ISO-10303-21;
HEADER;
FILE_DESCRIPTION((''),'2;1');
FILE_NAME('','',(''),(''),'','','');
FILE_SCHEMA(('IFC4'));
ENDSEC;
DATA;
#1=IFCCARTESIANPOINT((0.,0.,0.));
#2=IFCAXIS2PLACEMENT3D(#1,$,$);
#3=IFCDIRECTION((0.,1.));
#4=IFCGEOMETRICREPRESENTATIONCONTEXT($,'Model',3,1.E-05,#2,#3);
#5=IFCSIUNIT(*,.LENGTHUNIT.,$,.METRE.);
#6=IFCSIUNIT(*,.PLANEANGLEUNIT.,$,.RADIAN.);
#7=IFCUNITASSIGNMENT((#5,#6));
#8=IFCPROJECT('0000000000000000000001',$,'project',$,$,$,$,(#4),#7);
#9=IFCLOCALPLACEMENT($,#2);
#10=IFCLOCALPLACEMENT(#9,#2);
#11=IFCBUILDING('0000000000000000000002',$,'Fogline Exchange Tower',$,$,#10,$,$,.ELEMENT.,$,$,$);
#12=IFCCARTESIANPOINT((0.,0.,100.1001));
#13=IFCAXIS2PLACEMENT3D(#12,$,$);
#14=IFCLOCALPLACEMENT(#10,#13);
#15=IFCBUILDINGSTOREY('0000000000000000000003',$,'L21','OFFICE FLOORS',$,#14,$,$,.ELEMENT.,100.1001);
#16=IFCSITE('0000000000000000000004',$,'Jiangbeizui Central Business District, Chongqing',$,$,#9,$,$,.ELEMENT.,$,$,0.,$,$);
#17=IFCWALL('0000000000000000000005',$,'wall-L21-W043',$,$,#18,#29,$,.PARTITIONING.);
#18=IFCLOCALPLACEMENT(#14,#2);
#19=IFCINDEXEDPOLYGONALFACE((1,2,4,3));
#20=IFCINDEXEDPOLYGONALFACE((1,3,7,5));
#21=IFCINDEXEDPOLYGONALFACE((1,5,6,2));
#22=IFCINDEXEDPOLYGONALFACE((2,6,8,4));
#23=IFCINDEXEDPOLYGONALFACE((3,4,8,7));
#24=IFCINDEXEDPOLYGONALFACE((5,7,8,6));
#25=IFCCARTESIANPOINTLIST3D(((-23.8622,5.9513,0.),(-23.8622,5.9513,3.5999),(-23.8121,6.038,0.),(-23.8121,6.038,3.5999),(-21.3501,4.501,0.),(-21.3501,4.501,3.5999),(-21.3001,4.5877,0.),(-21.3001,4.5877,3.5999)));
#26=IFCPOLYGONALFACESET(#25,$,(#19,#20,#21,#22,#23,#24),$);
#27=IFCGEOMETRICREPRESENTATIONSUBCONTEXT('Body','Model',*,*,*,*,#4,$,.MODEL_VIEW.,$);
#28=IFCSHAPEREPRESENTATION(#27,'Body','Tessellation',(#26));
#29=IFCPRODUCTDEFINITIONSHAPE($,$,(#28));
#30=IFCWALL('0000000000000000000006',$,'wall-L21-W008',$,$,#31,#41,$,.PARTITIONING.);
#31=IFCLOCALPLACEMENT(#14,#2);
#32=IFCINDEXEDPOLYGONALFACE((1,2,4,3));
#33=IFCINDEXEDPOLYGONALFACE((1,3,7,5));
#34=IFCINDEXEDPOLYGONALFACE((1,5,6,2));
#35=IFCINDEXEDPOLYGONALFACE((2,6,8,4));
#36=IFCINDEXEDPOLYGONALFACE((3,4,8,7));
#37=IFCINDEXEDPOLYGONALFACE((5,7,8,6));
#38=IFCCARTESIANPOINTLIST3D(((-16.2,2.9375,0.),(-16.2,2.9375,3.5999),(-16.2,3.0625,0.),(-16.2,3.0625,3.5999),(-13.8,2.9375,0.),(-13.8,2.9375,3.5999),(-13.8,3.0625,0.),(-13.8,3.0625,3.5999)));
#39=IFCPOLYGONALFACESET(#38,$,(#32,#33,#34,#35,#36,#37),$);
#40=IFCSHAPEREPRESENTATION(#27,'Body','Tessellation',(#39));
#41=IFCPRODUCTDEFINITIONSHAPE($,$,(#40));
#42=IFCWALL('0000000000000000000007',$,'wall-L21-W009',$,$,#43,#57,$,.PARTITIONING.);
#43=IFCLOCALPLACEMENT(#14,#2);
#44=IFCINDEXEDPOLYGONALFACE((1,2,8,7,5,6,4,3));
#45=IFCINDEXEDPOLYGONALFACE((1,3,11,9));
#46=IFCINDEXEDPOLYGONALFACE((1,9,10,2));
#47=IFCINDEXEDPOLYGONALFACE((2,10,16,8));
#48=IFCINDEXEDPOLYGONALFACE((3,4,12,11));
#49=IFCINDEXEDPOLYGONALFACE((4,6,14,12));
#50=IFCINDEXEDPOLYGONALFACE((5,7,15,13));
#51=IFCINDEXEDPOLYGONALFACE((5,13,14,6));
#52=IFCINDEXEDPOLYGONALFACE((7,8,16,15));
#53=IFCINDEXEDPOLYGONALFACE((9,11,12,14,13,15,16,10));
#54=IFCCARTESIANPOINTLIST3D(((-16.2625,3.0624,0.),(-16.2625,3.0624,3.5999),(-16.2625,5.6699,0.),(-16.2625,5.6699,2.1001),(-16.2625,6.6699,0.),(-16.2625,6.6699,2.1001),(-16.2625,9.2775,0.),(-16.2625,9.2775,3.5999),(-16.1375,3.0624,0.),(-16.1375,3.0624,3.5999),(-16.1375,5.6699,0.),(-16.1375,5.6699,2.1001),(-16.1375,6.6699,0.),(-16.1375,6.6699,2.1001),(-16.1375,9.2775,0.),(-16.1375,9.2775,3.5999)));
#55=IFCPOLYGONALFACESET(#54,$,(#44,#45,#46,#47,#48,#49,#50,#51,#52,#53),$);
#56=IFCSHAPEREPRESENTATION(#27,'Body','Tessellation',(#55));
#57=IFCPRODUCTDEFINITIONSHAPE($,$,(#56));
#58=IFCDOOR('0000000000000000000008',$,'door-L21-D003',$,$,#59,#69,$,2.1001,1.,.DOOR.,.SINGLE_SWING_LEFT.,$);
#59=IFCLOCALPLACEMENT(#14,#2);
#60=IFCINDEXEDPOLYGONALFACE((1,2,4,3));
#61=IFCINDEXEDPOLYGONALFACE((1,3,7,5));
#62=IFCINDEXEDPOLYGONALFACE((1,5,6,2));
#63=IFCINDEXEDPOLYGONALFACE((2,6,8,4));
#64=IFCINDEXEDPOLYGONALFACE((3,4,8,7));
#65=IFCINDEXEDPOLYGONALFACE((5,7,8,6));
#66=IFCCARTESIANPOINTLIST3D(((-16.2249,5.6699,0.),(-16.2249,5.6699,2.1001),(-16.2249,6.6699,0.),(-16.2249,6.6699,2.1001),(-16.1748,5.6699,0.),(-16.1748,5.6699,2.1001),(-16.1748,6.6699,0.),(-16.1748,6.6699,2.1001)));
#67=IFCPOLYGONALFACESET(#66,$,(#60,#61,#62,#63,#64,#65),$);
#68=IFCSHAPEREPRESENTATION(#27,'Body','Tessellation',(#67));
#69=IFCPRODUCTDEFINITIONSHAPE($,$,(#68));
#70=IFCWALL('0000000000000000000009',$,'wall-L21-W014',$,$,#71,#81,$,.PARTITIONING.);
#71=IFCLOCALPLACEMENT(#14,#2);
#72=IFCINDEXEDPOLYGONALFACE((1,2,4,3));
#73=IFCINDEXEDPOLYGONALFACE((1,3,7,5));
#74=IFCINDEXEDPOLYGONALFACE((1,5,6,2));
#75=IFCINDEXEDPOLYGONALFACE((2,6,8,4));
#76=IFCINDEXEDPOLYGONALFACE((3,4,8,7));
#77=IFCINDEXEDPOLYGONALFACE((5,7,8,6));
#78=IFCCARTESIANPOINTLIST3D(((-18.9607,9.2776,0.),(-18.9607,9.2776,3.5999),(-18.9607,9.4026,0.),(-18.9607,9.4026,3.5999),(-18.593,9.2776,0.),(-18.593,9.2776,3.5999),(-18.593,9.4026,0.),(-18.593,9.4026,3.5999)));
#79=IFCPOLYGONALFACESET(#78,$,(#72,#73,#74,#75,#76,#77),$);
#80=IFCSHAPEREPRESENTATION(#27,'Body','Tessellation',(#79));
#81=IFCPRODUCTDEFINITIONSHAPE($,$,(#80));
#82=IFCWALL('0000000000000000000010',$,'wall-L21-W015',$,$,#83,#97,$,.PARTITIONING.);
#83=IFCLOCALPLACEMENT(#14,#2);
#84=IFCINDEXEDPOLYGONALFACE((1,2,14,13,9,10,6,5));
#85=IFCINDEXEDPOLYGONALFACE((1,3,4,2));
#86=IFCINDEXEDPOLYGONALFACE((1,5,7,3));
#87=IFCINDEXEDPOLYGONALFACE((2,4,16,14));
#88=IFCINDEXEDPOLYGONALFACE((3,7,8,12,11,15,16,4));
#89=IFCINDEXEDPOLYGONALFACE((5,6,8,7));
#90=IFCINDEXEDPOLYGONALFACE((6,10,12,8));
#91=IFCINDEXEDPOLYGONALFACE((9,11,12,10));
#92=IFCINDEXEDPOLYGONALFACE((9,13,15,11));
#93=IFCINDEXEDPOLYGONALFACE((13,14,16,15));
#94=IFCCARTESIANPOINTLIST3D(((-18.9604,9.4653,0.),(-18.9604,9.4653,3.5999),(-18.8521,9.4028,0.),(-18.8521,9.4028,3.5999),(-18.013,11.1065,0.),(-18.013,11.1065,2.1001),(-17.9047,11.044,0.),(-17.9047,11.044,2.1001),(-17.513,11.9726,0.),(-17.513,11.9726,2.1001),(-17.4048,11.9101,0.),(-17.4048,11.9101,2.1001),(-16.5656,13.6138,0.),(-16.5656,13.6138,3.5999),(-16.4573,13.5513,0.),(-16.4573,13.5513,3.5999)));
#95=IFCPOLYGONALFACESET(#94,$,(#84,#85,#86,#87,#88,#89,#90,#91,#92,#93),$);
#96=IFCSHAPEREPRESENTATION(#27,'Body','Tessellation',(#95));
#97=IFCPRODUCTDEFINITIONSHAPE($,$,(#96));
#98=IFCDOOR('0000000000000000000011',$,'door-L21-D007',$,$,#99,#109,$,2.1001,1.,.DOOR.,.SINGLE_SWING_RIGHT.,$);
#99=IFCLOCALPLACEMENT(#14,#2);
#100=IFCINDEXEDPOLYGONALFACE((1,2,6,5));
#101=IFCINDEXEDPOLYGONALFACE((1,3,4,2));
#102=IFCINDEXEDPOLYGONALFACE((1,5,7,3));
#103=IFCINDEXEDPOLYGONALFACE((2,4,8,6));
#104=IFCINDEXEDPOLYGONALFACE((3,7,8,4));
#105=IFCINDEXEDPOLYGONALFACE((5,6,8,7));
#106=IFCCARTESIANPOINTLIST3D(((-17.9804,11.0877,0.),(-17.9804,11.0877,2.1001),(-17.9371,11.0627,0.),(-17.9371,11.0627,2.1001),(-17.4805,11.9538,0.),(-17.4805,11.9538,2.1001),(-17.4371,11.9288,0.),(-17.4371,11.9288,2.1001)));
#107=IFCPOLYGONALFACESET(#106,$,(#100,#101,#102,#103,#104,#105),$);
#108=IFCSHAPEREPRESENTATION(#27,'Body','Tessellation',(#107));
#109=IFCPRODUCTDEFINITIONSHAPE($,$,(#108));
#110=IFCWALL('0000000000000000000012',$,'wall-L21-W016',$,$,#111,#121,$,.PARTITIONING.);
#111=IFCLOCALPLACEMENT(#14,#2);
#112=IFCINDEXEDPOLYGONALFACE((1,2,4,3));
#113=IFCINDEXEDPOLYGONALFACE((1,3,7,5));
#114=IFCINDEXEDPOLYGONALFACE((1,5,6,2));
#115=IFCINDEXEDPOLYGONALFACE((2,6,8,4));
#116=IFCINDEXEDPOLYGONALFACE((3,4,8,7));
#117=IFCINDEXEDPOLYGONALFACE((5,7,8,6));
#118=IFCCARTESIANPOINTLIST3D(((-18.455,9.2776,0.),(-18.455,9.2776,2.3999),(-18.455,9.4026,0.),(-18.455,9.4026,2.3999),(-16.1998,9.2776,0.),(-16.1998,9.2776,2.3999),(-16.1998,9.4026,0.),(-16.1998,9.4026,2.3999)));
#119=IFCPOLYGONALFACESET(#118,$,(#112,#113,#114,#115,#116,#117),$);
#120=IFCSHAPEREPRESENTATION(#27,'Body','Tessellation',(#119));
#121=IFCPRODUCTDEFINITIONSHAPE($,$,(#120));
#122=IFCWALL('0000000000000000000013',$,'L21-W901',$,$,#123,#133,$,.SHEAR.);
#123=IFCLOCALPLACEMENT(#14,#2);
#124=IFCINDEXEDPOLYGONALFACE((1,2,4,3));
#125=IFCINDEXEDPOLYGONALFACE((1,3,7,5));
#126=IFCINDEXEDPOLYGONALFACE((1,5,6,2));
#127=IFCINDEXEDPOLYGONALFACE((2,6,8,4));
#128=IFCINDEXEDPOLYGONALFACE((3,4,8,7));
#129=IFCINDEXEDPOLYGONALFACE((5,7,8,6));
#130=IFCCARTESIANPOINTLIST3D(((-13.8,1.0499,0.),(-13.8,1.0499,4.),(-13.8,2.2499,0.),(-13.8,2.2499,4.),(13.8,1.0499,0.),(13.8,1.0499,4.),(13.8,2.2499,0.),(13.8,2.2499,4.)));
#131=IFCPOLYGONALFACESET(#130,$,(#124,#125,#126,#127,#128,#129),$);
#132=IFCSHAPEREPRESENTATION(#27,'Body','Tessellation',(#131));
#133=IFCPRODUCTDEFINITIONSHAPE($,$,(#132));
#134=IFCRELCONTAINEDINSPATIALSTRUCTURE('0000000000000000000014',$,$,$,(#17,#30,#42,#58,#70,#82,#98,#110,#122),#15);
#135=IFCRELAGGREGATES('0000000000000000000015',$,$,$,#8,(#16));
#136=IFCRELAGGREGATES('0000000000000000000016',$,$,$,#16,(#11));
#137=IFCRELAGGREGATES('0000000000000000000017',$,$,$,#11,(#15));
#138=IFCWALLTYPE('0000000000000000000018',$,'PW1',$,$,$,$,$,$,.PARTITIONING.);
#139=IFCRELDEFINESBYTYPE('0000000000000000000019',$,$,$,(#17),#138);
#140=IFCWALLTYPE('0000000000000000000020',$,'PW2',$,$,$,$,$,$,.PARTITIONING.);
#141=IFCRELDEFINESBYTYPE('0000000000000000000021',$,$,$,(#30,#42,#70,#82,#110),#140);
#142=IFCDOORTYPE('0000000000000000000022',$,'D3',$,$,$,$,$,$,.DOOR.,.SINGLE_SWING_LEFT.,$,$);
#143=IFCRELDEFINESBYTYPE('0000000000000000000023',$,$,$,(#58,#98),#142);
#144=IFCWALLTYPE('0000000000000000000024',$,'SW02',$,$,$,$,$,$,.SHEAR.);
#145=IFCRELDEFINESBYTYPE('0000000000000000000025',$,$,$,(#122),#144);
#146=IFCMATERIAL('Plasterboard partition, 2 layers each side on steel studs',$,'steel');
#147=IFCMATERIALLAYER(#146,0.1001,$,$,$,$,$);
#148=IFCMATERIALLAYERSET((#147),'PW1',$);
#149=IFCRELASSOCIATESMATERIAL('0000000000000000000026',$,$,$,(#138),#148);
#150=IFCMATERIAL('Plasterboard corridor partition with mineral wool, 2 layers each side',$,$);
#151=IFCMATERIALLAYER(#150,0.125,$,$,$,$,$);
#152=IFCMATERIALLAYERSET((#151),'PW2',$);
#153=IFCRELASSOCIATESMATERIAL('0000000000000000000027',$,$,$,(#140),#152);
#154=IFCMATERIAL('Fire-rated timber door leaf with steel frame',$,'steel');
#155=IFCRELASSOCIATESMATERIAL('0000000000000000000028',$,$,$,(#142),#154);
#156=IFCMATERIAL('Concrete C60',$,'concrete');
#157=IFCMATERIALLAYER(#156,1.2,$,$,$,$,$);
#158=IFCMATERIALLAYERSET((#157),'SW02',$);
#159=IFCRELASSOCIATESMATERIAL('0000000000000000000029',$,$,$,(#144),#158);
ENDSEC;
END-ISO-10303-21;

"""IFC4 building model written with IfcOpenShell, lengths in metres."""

from ifc_helpers import new_model, si_unit, direction, frame, frame_2d, origin, place, context, subcontext, project, spatial, rectangle, extrude, material, layer, layer_set, type_object, element, fill, save


model = new_model("IFC4")

# Units and contexts
model_context = context("Model", 3, precision=1e-05, world=origin(), true_north=direction((0.0, 1.0)))
body_context = subcontext(model_context, "Body", "Model", "MODEL_VIEW")
ifc_project = project(units=[si_unit("LENGTHUNIT", "METRE"), si_unit("PLANEANGLEUNIT", "RADIAN")], contexts=[model_context])

# Site, building, storey
site_placement = place(None, origin())
site = spatial("IfcSite", under=ifc_project, at=site_placement, Name="Jiangbeizui Central Business District, Chongqing", CompositionType="ELEMENT", RefElevation=0.0)
building_placement = place(site_placement, origin())
building = spatial("IfcBuilding", under=site, at=building_placement, Name="Fogline Exchange Tower", CompositionType="ELEMENT")
storey_placement = place(building_placement, frame((0.0, 0.0, 100.1001)))
storey = spatial("IfcBuildingStorey", under=building, at=storey_placement, Name="L21", Description="OFFICE FLOORS", CompositionType="ELEMENT", Elevation=100.1001)

# Shared definitions
ifc_material_1 = material(Name="Plasterboard partition, 2 layers each side on steel studs", Category="steel")
ifc_layer_1 = layer(ifc_material_1, 0.1001)
ifc_layer_set_1 = layer_set([ifc_layer_1], Name="PW1")
wall_type_1 = type_object("IfcWallType", Name="PW1", PredefinedType="PARTITIONING", material=ifc_layer_set_1)

# Walls
wall_1_placement = place(storey_placement, frame((-21.3252, 4.5444, 0.0), z_axis=(0.0, 0.0, 1.0), x_axis=(-0.866038, 0.499977, 0.0)))
element("IfcWall", 1, at=wall_1_placement, inside=storey, type_object=wall_type_1, Name="wall-L21-W043", PredefinedType="PARTITIONING", context=body_context, shape_type="SweptSolid", body=[
    extrude(rectangle(XDim=2.9006, YDim=0.1001, at=frame_2d((1.4502, 0.0))), origin(), (0.0, 0.0, 1.0), 3.5999),
])
ifc_material_2 = material(Name="Plasterboard corridor partition with mineral wool, 2 layers each side")
ifc_layer_2 = layer(ifc_material_2, 0.125)
ifc_layer_set_2 = layer_set([ifc_layer_2], Name="PW2")
wall_type_2 = type_object("IfcWallType", Name="PW2", PredefinedType="PARTITIONING", material=ifc_layer_set_2)
wall_2_placement = place(storey_placement, frame((-13.8, 3.0, 0.0), z_axis=(0.0, 0.0, 1.0), x_axis=(-1.0, 0.0, 0.0)))
element("IfcWall", 2, at=wall_2_placement, inside=storey, type_object=wall_type_2, Name="wall-L21-W008", PredefinedType="PARTITIONING", context=body_context, shape_type="SweptSolid", body=[
    extrude(rectangle(XDim=2.3999, YDim=0.125, at=frame_2d((1.2, 0.0))), origin(), (0.0, 0.0, 1.0), 3.5999),
])

# Wall, opening, door
wall_3_placement = place(storey_placement, frame((-16.2, 3.0625, 0.0), z_axis=(0.0, 0.0, 1.0), x_axis=(0.0, 1.0, 0.0)))
wall_3 = element("IfcWall", 3, at=wall_3_placement, inside=storey, type_object=wall_type_2, Name="wall-L21-W009", PredefinedType="PARTITIONING", context=body_context, shape_type="SweptSolid", body=[
    extrude(rectangle(XDim=6.2151, YDim=0.125, at=frame_2d((3.1074, 0.0))), origin(), (0.0, 0.0, 1.0), 3.5999),
])
opening_1_placement = place(wall_3_placement, frame((2.6074, 0.0, 0.0)))
opening_1 = element("IfcOpeningElement", 4, at=opening_1_placement, cuts=wall_3, PredefinedType="OPENING", context=body_context, shape_type="SweptSolid", body=[
    extrude(rectangle(XDim=1.0, YDim=2.1001, at=frame_2d((0.5, 1.05))), frame((0.0, 0.0725, 0.0), z_axis=(0.0, -1.0, 0.0), x_axis=(1.0, 0.0, 0.0)), (0.0, 0.0, 1.0), 0.145),
])
ifc_material_3 = material(Name="Fire-rated timber door leaf with steel frame", Category="steel")
door_type_1 = type_object("IfcDoorType", Name="D3", OperationType="SINGLE_SWING_LEFT", PredefinedType="DOOR", material=ifc_material_3)
door_1_placement = place(opening_1_placement, origin())
door_1 = element("IfcDoor", 5, at=door_1_placement, inside=storey, type_object=door_type_1, Name="door-L21-D003", OperationType="SINGLE_SWING_LEFT", OverallHeight=2.1001, OverallWidth=1.0, PredefinedType="DOOR", context=body_context, shape_type="SweptSolid", body=[
    extrude(rectangle(XDim=1.0, YDim=2.1001, at=frame_2d((0.5, 1.05))), frame((0.0, 0.0249, 0.0), z_axis=(0.0, -1.0, 0.0), x_axis=(1.0, 0.0, 0.0)), (0.0, 0.0, 1.0), 0.05),
])
fill(opening_1, door_1)

# Wall
wall_4_placement = place(storey_placement, frame((-18.593, 9.3401, 0.0), z_axis=(0.0, 0.0, 1.0), x_axis=(-1.0, 0.0, 0.0)))
element("IfcWall", 6, at=wall_4_placement, inside=storey, type_object=wall_type_2, Name="wall-L21-W014", PredefinedType="PARTITIONING", context=body_context, shape_type="SweptSolid", body=[
    extrude(rectangle(XDim=0.3677, YDim=0.125, at=frame_2d((0.1838, 0.0))), origin(), (0.0, 0.0, 1.0), 3.5999),
])

# Wall, opening, door
wall_5_placement = place(storey_placement, frame((-18.9062, 9.4341, 0.0), z_axis=(0.0, 0.0, 1.0), x_axis=(0.499949, 0.866055, 0.0)))
wall_5 = element("IfcWall", 7, at=wall_5_placement, inside=storey, type_object=wall_type_2, Name="wall-L21-W015", PredefinedType="PARTITIONING", context=body_context, shape_type="SweptSolid", body=[
    extrude(rectangle(XDim=4.79, YDim=0.125, at=frame_2d((2.395, 0.0))), origin(), (0.0, 0.0, 1.0), 3.5999),
])
opening_2_placement = place(wall_5_placement, frame((1.895, 0.0, 0.0)))
opening_2 = element("IfcOpeningElement", 8, at=opening_2_placement, cuts=wall_5, PredefinedType="OPENING", context=body_context, shape_type="SweptSolid", body=[
    extrude(rectangle(XDim=1.0, YDim=2.1001, at=frame_2d((0.5, 1.05))), frame((0.0, 0.0725, 0.0), z_axis=(0.0, -1.0, 0.0), x_axis=(1.0, 0.0, 0.0)), (0.0, 0.0, 1.0), 0.145),
])
door_2_placement = place(opening_2_placement, origin())
door_2 = element("IfcDoor", 9, at=door_2_placement, inside=storey, type_object=door_type_1, Name="door-L21-D007", OperationType="SINGLE_SWING_RIGHT", OverallHeight=2.1001, OverallWidth=1.0, PredefinedType="DOOR", context=body_context, shape_type="SweptSolid", body=[
    extrude(rectangle(XDim=1.0, YDim=2.1001, at=frame_2d((0.5, 1.05))), frame((0.0, 0.0249, 0.0), z_axis=(0.0, -1.0, 0.0), x_axis=(1.0, 0.0, 0.0)), (0.0, 0.0, 1.0), 0.05),
])
fill(opening_2, door_2)

# Walls
wall_6_placement = place(storey_placement, frame((-16.2, 9.3401, 0.0), z_axis=(0.0, 0.0, 1.0), x_axis=(-1.0, 0.0, 0.0)))
element("IfcWall", 10, at=wall_6_placement, inside=storey, type_object=wall_type_2, Name="wall-L21-W016", PredefinedType="PARTITIONING", context=body_context, shape_type="SweptSolid", body=[
    extrude(rectangle(XDim=2.2551, YDim=0.125, at=frame_2d((1.1274, 0.0))), origin(), (0.0, 0.0, 1.0), 2.3999),
])
ifc_material_4 = material(Name="Concrete C60", Category="concrete")
ifc_layer_3 = layer(ifc_material_4, 1.2)
ifc_layer_set_3 = layer_set([ifc_layer_3], Name="SW02")
wall_type_3 = type_object("IfcWallType", Name="SW02", PredefinedType="SHEAR", material=ifc_layer_set_3)
wall_7_placement = place(storey_placement, frame((-13.8, 1.6499, 0.0), z_axis=(0.0, 0.0, 1.0), x_axis=(1.0, 0.0, 0.0)))
element("IfcWall", 11, at=wall_7_placement, inside=storey, type_object=wall_type_3, Name="L21-W901", PredefinedType="SHEAR", context=body_context, shape_type="SweptSolid", body=[
    extrude(rectangle(XDim=27.6001, YDim=1.2, at=frame_2d((13.8, 0.0))), origin(), (0.0, 0.0, 1.0), 4.0),
])

save(model, "model.ifc")
